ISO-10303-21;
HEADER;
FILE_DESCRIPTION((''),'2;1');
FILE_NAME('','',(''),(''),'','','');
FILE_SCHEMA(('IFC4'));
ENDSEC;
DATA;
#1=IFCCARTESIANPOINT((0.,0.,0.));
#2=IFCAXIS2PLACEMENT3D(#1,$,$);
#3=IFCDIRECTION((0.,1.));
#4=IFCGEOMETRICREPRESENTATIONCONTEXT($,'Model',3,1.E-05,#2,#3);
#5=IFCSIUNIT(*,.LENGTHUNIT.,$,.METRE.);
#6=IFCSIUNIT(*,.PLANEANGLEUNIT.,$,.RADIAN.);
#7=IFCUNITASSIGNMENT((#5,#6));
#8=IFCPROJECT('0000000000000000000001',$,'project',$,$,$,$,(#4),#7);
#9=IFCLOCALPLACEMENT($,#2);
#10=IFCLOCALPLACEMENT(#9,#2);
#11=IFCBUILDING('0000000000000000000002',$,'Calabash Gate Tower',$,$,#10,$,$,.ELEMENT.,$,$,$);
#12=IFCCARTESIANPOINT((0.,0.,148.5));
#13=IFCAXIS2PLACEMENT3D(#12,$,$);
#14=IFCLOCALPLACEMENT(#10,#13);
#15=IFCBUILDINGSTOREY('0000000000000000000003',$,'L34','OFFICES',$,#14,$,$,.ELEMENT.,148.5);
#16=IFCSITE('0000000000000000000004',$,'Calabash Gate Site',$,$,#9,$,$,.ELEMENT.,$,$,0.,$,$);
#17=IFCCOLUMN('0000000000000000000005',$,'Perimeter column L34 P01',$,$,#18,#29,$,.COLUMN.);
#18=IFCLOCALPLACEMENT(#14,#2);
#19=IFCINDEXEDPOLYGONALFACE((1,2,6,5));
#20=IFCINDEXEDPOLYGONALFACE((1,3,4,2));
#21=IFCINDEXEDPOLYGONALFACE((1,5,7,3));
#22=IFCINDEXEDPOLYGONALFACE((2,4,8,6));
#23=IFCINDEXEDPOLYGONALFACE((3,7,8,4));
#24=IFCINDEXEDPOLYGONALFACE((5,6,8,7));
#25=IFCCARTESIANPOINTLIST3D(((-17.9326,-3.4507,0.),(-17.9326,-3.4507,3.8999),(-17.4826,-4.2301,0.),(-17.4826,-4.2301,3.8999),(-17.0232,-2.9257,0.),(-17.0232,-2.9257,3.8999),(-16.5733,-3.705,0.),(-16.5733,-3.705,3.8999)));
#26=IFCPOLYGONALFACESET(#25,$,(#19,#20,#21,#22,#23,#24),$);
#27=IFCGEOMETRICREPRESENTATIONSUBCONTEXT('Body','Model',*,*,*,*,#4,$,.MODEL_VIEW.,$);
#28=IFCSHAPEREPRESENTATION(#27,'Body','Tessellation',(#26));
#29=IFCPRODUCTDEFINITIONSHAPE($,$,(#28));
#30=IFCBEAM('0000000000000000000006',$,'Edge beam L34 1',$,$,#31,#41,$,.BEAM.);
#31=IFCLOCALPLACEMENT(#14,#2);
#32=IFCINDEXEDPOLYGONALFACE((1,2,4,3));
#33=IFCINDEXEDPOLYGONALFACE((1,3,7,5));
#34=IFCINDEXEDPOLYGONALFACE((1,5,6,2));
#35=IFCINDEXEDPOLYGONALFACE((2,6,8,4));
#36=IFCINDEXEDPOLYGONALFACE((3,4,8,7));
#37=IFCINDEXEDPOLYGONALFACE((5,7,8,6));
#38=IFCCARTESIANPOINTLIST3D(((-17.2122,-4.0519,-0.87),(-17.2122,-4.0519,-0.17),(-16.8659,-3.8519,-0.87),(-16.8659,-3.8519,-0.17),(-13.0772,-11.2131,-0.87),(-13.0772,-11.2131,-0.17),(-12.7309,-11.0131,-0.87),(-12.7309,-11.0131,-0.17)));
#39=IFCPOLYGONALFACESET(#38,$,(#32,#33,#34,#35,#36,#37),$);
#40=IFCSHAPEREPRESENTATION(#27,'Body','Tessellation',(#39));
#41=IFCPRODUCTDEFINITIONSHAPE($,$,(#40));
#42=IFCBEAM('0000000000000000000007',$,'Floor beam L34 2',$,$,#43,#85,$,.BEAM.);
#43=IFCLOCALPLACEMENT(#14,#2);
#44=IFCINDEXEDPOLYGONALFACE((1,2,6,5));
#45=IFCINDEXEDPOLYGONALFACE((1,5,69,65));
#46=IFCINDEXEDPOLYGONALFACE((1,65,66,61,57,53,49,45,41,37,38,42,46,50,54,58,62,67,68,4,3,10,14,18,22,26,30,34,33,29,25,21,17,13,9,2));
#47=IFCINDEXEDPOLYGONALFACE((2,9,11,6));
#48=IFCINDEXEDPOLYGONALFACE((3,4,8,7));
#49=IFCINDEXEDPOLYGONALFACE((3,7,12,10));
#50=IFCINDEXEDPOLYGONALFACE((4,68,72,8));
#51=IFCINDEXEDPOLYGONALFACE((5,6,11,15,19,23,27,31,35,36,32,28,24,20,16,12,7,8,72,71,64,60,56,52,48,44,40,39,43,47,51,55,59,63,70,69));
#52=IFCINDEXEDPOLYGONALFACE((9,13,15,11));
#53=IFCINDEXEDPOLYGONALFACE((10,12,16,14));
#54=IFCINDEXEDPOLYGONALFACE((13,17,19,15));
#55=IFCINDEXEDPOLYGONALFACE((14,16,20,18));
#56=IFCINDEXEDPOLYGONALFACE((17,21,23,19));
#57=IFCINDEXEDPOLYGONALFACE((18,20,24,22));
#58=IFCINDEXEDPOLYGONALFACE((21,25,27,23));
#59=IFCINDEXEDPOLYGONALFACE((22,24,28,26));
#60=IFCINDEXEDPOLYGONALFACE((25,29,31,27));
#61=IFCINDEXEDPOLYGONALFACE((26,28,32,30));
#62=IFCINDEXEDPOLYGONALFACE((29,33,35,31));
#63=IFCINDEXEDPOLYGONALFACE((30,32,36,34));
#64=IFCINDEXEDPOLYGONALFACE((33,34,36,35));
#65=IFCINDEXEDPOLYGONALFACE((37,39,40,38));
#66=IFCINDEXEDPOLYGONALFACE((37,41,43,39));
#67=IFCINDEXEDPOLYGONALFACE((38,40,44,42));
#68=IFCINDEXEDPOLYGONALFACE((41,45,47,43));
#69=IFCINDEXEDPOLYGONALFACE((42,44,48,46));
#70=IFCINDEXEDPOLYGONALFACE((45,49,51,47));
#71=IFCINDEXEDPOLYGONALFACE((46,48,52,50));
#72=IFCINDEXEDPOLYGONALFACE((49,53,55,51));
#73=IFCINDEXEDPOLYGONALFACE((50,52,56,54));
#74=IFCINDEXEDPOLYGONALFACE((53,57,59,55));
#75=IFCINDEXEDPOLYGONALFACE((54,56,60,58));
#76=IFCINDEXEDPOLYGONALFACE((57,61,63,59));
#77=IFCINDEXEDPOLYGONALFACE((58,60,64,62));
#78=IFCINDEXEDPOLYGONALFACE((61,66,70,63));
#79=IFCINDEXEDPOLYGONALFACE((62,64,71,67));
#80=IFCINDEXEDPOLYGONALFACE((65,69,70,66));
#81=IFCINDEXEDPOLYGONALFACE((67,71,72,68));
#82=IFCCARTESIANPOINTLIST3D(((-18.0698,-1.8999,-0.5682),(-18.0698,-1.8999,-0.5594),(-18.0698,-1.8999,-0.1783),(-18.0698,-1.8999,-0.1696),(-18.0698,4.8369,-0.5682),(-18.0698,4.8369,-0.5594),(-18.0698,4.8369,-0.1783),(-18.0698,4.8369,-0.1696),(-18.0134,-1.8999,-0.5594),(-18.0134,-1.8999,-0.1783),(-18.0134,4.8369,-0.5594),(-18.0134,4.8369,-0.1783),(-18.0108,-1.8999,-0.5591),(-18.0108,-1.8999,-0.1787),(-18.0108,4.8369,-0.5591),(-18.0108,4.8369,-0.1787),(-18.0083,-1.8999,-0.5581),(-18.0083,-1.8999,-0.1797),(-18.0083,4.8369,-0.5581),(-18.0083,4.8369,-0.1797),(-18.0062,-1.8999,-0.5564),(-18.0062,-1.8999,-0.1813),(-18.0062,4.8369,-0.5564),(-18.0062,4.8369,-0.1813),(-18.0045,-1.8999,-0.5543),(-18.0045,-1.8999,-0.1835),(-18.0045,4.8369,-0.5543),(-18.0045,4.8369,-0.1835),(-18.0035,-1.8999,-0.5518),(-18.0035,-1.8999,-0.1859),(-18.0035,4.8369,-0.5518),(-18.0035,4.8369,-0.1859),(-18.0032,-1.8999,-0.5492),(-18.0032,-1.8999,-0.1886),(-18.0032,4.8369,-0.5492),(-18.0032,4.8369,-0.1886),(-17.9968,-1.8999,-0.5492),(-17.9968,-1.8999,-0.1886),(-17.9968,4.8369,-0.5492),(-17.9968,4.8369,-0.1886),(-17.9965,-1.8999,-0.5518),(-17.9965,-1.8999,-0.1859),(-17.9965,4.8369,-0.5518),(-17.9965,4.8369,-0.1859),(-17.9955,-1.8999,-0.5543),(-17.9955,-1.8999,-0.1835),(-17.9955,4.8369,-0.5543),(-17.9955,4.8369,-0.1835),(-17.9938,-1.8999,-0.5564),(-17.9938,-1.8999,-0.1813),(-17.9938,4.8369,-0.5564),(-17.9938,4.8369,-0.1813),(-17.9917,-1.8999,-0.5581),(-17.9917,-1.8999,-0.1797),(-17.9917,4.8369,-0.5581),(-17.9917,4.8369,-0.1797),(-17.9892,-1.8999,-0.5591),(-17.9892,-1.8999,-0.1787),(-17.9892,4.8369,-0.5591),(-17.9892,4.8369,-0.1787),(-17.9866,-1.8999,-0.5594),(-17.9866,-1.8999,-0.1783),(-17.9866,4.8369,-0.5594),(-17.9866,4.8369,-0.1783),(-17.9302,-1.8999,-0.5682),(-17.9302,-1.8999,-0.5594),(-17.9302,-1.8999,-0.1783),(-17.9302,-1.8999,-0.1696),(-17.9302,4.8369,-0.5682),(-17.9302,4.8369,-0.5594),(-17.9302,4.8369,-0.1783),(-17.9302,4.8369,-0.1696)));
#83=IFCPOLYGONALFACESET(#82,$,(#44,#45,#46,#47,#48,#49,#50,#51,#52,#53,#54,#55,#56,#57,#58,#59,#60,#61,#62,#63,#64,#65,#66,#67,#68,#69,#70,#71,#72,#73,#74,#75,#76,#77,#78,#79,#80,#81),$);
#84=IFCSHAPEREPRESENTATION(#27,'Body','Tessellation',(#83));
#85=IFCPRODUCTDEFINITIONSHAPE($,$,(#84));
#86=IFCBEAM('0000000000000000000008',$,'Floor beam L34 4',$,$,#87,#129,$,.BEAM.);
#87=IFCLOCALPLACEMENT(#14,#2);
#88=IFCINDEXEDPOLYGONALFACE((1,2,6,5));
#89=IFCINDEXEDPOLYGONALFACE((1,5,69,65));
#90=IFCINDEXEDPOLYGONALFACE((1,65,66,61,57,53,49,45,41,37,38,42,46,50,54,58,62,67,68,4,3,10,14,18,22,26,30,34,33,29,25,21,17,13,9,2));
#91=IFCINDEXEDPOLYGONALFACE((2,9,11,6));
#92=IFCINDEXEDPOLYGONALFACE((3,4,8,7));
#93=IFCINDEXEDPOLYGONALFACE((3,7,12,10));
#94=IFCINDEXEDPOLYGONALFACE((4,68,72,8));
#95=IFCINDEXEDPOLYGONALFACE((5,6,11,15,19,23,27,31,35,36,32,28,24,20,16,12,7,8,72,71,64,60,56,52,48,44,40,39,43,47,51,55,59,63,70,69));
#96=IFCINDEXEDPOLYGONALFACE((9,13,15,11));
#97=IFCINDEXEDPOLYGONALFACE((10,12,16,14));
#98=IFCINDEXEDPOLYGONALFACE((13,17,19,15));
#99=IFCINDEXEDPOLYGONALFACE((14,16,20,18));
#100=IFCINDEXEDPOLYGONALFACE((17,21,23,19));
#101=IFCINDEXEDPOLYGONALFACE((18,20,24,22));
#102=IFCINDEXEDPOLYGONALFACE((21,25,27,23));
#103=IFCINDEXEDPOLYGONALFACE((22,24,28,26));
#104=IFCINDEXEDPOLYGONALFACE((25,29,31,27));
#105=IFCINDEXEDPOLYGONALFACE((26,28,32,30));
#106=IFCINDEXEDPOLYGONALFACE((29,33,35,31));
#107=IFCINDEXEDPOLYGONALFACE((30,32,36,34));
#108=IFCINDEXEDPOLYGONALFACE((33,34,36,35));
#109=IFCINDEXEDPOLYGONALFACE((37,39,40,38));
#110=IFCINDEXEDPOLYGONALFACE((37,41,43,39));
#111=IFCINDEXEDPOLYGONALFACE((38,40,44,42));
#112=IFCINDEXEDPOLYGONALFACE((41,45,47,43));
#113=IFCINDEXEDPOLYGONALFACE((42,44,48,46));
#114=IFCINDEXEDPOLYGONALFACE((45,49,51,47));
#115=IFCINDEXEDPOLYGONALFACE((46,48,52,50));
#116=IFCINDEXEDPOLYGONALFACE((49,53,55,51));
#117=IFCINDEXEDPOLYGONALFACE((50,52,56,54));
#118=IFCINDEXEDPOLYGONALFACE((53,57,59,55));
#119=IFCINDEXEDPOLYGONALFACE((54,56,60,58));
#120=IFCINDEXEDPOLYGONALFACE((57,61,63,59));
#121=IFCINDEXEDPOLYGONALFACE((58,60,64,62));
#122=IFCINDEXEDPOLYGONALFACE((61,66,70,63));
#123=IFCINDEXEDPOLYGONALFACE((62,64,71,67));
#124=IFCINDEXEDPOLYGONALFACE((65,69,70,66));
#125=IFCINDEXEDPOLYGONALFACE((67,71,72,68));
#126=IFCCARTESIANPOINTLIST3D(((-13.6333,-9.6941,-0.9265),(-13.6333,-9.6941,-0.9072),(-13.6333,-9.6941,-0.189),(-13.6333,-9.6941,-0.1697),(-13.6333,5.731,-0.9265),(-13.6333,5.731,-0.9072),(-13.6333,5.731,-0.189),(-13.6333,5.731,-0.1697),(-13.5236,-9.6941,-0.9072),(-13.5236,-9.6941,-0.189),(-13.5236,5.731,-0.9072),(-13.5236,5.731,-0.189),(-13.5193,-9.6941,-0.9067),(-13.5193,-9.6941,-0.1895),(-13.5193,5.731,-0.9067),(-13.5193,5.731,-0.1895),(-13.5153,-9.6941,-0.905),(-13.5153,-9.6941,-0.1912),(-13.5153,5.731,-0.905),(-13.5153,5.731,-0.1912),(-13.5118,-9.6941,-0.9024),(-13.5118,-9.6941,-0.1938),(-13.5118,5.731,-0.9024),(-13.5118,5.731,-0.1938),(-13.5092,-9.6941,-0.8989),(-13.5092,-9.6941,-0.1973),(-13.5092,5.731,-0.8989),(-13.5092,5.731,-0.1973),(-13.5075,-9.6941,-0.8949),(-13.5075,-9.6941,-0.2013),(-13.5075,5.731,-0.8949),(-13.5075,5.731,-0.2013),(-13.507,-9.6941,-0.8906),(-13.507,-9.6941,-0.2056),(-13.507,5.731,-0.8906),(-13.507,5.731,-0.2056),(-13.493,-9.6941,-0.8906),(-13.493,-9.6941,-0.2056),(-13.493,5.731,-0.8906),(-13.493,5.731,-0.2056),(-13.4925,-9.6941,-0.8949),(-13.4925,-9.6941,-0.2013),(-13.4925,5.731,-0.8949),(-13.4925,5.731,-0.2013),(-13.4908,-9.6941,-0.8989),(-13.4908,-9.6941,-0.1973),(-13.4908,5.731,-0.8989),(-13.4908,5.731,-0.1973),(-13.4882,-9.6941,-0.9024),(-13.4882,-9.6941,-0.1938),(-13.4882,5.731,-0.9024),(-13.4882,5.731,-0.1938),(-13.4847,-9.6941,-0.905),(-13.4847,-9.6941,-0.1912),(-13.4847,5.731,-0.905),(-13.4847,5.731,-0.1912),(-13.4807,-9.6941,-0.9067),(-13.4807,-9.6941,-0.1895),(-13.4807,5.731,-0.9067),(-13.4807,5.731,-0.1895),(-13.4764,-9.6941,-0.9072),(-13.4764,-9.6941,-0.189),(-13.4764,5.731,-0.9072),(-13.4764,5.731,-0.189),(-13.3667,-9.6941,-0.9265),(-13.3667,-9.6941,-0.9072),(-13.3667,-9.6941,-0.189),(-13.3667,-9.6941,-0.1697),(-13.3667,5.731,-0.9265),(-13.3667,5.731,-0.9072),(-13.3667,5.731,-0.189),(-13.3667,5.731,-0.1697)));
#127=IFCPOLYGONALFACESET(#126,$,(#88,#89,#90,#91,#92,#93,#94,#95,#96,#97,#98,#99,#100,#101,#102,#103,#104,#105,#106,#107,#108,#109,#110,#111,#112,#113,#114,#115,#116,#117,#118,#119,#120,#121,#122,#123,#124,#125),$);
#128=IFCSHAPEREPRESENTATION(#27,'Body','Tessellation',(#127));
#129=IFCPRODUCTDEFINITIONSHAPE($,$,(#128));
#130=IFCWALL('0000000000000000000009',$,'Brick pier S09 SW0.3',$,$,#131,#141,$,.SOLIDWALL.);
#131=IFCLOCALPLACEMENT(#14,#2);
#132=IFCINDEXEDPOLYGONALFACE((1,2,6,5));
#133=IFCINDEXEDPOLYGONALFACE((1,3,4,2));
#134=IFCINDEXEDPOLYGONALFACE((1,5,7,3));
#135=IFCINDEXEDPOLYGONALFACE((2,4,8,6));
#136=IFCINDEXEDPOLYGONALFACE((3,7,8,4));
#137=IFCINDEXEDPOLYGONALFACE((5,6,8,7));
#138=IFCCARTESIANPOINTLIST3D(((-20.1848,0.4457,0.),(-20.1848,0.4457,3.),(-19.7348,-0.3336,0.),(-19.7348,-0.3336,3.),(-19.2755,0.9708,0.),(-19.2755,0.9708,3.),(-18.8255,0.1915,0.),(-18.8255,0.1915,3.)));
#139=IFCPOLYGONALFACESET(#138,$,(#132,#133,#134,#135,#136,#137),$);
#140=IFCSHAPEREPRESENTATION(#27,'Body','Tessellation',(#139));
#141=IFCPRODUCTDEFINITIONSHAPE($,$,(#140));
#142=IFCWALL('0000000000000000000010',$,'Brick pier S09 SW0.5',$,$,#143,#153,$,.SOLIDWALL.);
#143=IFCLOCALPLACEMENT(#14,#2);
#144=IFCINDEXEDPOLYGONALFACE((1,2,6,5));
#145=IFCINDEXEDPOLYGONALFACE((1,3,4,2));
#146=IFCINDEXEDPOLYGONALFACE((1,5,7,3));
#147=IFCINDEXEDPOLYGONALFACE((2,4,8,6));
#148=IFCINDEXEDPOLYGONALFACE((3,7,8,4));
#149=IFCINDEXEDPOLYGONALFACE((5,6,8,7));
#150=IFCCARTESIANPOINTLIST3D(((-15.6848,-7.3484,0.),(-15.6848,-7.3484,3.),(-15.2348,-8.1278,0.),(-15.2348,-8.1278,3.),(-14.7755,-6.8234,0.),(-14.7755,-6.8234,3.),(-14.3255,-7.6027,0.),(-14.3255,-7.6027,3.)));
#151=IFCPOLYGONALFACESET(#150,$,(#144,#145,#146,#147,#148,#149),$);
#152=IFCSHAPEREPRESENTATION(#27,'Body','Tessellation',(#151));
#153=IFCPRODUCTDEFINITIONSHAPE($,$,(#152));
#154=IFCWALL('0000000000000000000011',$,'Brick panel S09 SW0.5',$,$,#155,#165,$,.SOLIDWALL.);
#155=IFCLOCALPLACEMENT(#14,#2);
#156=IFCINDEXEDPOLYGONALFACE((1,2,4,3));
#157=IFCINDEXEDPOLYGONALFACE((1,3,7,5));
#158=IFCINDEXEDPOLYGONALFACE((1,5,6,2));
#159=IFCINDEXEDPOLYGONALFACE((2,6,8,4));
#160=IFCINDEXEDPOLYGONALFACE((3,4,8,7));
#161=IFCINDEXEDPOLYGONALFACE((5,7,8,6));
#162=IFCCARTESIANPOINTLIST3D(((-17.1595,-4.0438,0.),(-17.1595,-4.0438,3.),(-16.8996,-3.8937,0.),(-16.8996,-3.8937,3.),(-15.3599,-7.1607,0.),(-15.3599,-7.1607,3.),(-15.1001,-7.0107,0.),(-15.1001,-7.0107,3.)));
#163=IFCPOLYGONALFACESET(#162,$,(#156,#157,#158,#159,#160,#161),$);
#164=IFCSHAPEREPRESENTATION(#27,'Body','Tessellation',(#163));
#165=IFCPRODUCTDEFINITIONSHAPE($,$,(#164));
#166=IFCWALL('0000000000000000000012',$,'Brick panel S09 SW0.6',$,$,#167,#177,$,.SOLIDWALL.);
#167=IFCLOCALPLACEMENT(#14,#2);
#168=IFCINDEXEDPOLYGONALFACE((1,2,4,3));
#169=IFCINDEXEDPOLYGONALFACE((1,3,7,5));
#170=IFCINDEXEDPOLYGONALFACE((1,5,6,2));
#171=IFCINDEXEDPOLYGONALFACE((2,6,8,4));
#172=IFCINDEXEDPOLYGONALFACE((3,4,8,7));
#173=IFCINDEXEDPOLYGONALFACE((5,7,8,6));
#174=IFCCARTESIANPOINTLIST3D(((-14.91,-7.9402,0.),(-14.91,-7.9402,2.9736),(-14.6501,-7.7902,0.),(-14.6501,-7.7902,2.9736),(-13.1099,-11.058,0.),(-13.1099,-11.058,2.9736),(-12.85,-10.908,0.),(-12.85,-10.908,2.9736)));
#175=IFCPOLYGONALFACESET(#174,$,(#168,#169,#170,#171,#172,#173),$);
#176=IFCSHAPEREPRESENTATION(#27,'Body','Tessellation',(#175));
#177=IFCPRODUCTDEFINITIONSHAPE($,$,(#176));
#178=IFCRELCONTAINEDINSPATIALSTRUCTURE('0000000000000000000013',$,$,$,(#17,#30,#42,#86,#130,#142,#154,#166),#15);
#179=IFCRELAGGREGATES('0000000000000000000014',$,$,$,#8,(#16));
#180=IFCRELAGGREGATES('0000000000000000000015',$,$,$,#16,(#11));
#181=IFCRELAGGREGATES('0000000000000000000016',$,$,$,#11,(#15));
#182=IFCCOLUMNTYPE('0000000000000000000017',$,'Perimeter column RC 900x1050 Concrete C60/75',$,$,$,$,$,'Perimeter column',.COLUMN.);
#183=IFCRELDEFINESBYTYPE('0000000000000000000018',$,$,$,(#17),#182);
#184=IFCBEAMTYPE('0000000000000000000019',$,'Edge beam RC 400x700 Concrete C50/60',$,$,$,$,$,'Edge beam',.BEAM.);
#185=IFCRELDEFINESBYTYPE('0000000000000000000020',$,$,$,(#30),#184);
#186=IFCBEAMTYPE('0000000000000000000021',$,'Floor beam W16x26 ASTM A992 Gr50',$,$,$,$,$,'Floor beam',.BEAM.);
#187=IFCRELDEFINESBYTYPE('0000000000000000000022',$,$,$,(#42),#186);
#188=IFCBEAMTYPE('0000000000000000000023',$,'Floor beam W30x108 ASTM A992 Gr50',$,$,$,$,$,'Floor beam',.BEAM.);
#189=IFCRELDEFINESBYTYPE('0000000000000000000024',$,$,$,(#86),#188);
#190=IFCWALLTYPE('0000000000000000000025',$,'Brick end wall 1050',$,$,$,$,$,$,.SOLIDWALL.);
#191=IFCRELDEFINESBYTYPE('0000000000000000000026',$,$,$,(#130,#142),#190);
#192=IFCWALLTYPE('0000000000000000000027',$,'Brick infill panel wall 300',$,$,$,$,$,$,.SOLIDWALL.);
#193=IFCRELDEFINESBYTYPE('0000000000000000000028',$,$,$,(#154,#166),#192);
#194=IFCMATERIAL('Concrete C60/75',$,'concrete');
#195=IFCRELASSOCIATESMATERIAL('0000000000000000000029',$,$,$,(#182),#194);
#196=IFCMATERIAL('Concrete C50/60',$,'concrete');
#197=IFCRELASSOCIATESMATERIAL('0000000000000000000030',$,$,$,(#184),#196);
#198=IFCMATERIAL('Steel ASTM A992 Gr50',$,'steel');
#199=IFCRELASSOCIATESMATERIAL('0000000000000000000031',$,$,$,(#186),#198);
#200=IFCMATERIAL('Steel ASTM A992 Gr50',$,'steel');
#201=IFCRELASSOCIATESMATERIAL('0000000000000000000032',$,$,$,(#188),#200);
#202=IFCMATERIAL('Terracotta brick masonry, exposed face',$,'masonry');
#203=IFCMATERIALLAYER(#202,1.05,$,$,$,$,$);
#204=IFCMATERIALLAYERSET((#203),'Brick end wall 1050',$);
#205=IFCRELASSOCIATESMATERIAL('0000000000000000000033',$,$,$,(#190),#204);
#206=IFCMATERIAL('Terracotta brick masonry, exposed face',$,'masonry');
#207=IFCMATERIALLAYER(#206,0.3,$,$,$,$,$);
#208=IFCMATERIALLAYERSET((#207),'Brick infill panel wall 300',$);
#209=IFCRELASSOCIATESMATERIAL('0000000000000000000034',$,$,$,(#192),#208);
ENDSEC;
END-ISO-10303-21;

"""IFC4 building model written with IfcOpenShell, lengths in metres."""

from ifc_helpers import new_model, si_unit, direction, frame, frame_2d, origin, origin_2d, place, context, subcontext, project, spatial, rectangle, i_section, extrude, material, layer, layer_set, material_profile, profile_set, type_object, element, save


model = new_model("IFC4")

# Units and contexts
model_context = context("Model", 3, precision=1e-05, world=origin(), true_north=direction((0.0, 1.0)))
body_context = subcontext(model_context, "Body", "Model", "MODEL_VIEW")
ifc_project = project(units=[si_unit("LENGTHUNIT", "METRE"), si_unit("PLANEANGLEUNIT", "RADIAN")], contexts=[model_context])

# Site, building, storey
site_placement = place(None, origin())
site = spatial("IfcSite", under=ifc_project, at=site_placement, Name="Calabash Gate Site", CompositionType="ELEMENT", RefElevation=0.0)
building_placement = place(site_placement, origin())
building = spatial("IfcBuilding", under=site, at=building_placement, Name="Calabash Gate Tower", CompositionType="ELEMENT")
storey_placement = place(building_placement, frame((0.0, 0.0, 148.5)))
storey = spatial("IfcBuildingStorey", under=building, at=storey_placement, Name="L34", Description="OFFICES", CompositionType="ELEMENT", Elevation=148.5)

# Column
ifc_material_1 = material(Name="Concrete C60/75", Category="concrete")
ifc_material_profile_1 = material_profile(ifc_material_1, rectangle(XDim=0.8999, YDim=1.05, at=origin_2d()))
ifc_profile_set_1 = profile_set([ifc_material_profile_1], Name="Concrete C60/75")
column_type = type_object("IfcColumnType", Name="Perimeter column RC 900x1050 Concrete C60/75", ElementType="Perimeter column", PredefinedType="COLUMN", material=ifc_profile_set_1)
column_placement = place(storey_placement, frame((-17.2529, -3.5779, 0.0), z_axis=(0.0, 0.0, 1.0), x_axis=(0.5, -0.866025, 0.0)))
element("IfcColumn", 1, at=column_placement, inside=storey, type_object=column_type, Name="Perimeter column L34 P01", PredefinedType="COLUMN", context=body_context, shape_type="SweptSolid", body=[
    extrude(rectangle(XDim=0.8999, YDim=1.05, at=origin_2d()), origin(), (0.0, 0.0, 1.0), 3.8999),
])

# Beams
ifc_material_2 = material(Name="Concrete C50/60", Category="concrete")
ifc_material_profile_2 = material_profile(ifc_material_2, rectangle(XDim=0.3999, YDim=0.7, at=origin_2d()))
ifc_profile_set_2 = profile_set([ifc_material_profile_2], Name="Concrete C50/60")
beam_type_1 = type_object("IfcBeamType", Name="Edge beam RC 400x700 Concrete C50/60", ElementType="Edge beam", PredefinedType="BEAM", material=ifc_profile_set_2)
beam_1_placement = place(storey_placement, frame((-17.0391, -3.9519, -0.52), z_axis=(0.500048, -0.865998, 0.0), x_axis=(0.865998, 0.500048, 0.0)))
element("IfcBeam", 2, at=beam_1_placement, inside=storey, type_object=beam_type_1, Name="Edge beam L34 1", PredefinedType="BEAM", context=body_context, shape_type="SweptSolid", body=[
    extrude(rectangle(XDim=0.3999, YDim=0.7, at=origin_2d()), origin(), (0.0, 0.0, 1.0), 8.2693),
])
ifc_material_3 = material(Name="Steel ASTM A992 Gr50", Category="steel")
ifc_material_profile_3 = material_profile(ifc_material_3, i_section(OverallWidth=0.1396, OverallDepth=0.3987, WebThickness=0.0063, FlangeThickness=0.0088, FilletRadius=0.0103, at=origin_2d()))
ifc_profile_set_3 = profile_set([ifc_material_profile_3], Name="Steel ASTM A992 Gr50")
beam_type_2 = type_object("IfcBeamType", Name="Floor beam W16x26 ASTM A992 Gr50", ElementType="Floor beam", PredefinedType="BEAM", material=ifc_profile_set_3)
beam_2_placement = place(storey_placement, frame((-18.0, -1.8999, -0.3689), z_axis=(0.0, 1.0, 0.0), x_axis=(-1.0, 0.0, 0.0)))
element("IfcBeam", 3, at=beam_2_placement, inside=storey, type_object=beam_type_2, Name="Floor beam L34 2", PredefinedType="BEAM", context=body_context, shape_type="SweptSolid", body=[
    extrude(i_section(OverallWidth=0.1396, OverallDepth=0.3987, WebThickness=0.0063, FlangeThickness=0.0088, FilletRadius=0.0103, at=origin_2d()), origin(), (0.0, 0.0, 1.0), 6.7368),
])
ifc_material_4 = material(Name="Steel ASTM A992 Gr50", Category="steel")
ifc_material_profile_4 = material_profile(ifc_material_4, i_section(OverallWidth=0.2666, OverallDepth=0.7568, WebThickness=0.0139, FlangeThickness=0.0193, FilletRadius=0.0166, at=origin_2d()))
ifc_profile_set_4 = profile_set([ifc_material_profile_4], Name="Steel ASTM A992 Gr50")
beam_type_3 = type_object("IfcBeamType", Name="Floor beam W30x108 ASTM A992 Gr50", ElementType="Floor beam", PredefinedType="BEAM", material=ifc_profile_set_4)
beam_3_placement = place(storey_placement, frame((-13.5, -9.6941, -0.5481), z_axis=(0.0, 1.0, 0.0), x_axis=(-1.0, 0.0, 0.0)))
element("IfcBeam", 4, at=beam_3_placement, inside=storey, type_object=beam_type_3, Name="Floor beam L34 4", PredefinedType="BEAM", context=body_context, shape_type="SweptSolid", body=[
    extrude(i_section(OverallWidth=0.2666, OverallDepth=0.7568, WebThickness=0.0139, FlangeThickness=0.0193, FilletRadius=0.0166, at=origin_2d()), origin(), (0.0, 0.0, 1.0), 15.425),
])

# Walls
ifc_material_5 = material(Name="Terracotta brick masonry, exposed face", Category="masonry")
ifc_layer_1 = layer(ifc_material_5, 1.05)
ifc_layer_set_1 = layer_set([ifc_layer_1], Name="Brick end wall 1050")
wall_type_1 = type_object("IfcWallType", Name="Brick end wall 1050", PredefinedType="SOLIDWALL", material=ifc_layer_set_1)
for number, where, z_axis, x_axis, name in (
    (5, (-19.9597, 0.0562, 0.0), (0.0, 0.0, 1.0), (0.865988, 0.500065, 0.0), "Brick pier S09 SW0.3"),
    (6, (-15.4597, -7.738, 0.0), (0.0, 0.0, 1.0), (0.865988, 0.500065, 0.0), "Brick pier S09 SW0.5"),
):
    element("IfcWall", number, at=place(storey_placement, frame(where, z_axis=z_axis, x_axis=x_axis)), inside=storey, type_object=wall_type_1, Name=name, PredefinedType="SOLIDWALL", context=body_context, shape_type="SweptSolid", body=[
        extrude(rectangle(XDim=1.05, YDim=0.8999, at=frame_2d((0.5249, 0.0))), origin(), (0.0, 0.0, 1.0), 3.0),
    ])
ifc_material_6 = material(Name="Terracotta brick masonry, exposed face", Category="masonry")
ifc_layer_2 = layer(ifc_material_6, 0.3)
ifc_layer_set_2 = layer_set([ifc_layer_2], Name="Brick infill panel wall 300")
wall_type_2 = type_object("IfcWallType", Name="Brick infill panel wall 300", PredefinedType="SOLIDWALL", material=ifc_layer_set_2)
wall_1_placement = place(storey_placement, frame((-15.23, -7.0857, 0.0), z_axis=(0.0, 0.0, 1.0), x_axis=(-0.499998, 0.866026, 0.0)))
element("IfcWall", 7, at=wall_1_placement, inside=storey, type_object=wall_type_2, Name="Brick panel S09 SW0.5", PredefinedType="SOLIDWALL", context=body_context, shape_type="SweptSolid", body=[
    extrude(rectangle(XDim=3.5991, YDim=0.3, at=frame_2d((1.7996, 0.0))), origin(), (0.0, 0.0, 1.0), 3.0),
])
wall_2_placement = place(storey_placement, frame((-14.78, -7.8652, 0.0), z_axis=(0.0, 0.0, 1.0), x_axis=(0.500012, -0.866018, 0.0)))
element("IfcWall", 8, at=wall_2_placement, inside=storey, type_object=wall_type_2, Name="Brick panel S09 SW0.6", PredefinedType="SOLIDWALL", context=body_context, shape_type="SweptSolid", body=[
    extrude(rectangle(XDim=3.6001, YDim=0.3, at=frame_2d((1.8, 0.0))), origin(), (0.0, 0.0, 1.0), 2.9736),
])

save(model, "model.ifc")
